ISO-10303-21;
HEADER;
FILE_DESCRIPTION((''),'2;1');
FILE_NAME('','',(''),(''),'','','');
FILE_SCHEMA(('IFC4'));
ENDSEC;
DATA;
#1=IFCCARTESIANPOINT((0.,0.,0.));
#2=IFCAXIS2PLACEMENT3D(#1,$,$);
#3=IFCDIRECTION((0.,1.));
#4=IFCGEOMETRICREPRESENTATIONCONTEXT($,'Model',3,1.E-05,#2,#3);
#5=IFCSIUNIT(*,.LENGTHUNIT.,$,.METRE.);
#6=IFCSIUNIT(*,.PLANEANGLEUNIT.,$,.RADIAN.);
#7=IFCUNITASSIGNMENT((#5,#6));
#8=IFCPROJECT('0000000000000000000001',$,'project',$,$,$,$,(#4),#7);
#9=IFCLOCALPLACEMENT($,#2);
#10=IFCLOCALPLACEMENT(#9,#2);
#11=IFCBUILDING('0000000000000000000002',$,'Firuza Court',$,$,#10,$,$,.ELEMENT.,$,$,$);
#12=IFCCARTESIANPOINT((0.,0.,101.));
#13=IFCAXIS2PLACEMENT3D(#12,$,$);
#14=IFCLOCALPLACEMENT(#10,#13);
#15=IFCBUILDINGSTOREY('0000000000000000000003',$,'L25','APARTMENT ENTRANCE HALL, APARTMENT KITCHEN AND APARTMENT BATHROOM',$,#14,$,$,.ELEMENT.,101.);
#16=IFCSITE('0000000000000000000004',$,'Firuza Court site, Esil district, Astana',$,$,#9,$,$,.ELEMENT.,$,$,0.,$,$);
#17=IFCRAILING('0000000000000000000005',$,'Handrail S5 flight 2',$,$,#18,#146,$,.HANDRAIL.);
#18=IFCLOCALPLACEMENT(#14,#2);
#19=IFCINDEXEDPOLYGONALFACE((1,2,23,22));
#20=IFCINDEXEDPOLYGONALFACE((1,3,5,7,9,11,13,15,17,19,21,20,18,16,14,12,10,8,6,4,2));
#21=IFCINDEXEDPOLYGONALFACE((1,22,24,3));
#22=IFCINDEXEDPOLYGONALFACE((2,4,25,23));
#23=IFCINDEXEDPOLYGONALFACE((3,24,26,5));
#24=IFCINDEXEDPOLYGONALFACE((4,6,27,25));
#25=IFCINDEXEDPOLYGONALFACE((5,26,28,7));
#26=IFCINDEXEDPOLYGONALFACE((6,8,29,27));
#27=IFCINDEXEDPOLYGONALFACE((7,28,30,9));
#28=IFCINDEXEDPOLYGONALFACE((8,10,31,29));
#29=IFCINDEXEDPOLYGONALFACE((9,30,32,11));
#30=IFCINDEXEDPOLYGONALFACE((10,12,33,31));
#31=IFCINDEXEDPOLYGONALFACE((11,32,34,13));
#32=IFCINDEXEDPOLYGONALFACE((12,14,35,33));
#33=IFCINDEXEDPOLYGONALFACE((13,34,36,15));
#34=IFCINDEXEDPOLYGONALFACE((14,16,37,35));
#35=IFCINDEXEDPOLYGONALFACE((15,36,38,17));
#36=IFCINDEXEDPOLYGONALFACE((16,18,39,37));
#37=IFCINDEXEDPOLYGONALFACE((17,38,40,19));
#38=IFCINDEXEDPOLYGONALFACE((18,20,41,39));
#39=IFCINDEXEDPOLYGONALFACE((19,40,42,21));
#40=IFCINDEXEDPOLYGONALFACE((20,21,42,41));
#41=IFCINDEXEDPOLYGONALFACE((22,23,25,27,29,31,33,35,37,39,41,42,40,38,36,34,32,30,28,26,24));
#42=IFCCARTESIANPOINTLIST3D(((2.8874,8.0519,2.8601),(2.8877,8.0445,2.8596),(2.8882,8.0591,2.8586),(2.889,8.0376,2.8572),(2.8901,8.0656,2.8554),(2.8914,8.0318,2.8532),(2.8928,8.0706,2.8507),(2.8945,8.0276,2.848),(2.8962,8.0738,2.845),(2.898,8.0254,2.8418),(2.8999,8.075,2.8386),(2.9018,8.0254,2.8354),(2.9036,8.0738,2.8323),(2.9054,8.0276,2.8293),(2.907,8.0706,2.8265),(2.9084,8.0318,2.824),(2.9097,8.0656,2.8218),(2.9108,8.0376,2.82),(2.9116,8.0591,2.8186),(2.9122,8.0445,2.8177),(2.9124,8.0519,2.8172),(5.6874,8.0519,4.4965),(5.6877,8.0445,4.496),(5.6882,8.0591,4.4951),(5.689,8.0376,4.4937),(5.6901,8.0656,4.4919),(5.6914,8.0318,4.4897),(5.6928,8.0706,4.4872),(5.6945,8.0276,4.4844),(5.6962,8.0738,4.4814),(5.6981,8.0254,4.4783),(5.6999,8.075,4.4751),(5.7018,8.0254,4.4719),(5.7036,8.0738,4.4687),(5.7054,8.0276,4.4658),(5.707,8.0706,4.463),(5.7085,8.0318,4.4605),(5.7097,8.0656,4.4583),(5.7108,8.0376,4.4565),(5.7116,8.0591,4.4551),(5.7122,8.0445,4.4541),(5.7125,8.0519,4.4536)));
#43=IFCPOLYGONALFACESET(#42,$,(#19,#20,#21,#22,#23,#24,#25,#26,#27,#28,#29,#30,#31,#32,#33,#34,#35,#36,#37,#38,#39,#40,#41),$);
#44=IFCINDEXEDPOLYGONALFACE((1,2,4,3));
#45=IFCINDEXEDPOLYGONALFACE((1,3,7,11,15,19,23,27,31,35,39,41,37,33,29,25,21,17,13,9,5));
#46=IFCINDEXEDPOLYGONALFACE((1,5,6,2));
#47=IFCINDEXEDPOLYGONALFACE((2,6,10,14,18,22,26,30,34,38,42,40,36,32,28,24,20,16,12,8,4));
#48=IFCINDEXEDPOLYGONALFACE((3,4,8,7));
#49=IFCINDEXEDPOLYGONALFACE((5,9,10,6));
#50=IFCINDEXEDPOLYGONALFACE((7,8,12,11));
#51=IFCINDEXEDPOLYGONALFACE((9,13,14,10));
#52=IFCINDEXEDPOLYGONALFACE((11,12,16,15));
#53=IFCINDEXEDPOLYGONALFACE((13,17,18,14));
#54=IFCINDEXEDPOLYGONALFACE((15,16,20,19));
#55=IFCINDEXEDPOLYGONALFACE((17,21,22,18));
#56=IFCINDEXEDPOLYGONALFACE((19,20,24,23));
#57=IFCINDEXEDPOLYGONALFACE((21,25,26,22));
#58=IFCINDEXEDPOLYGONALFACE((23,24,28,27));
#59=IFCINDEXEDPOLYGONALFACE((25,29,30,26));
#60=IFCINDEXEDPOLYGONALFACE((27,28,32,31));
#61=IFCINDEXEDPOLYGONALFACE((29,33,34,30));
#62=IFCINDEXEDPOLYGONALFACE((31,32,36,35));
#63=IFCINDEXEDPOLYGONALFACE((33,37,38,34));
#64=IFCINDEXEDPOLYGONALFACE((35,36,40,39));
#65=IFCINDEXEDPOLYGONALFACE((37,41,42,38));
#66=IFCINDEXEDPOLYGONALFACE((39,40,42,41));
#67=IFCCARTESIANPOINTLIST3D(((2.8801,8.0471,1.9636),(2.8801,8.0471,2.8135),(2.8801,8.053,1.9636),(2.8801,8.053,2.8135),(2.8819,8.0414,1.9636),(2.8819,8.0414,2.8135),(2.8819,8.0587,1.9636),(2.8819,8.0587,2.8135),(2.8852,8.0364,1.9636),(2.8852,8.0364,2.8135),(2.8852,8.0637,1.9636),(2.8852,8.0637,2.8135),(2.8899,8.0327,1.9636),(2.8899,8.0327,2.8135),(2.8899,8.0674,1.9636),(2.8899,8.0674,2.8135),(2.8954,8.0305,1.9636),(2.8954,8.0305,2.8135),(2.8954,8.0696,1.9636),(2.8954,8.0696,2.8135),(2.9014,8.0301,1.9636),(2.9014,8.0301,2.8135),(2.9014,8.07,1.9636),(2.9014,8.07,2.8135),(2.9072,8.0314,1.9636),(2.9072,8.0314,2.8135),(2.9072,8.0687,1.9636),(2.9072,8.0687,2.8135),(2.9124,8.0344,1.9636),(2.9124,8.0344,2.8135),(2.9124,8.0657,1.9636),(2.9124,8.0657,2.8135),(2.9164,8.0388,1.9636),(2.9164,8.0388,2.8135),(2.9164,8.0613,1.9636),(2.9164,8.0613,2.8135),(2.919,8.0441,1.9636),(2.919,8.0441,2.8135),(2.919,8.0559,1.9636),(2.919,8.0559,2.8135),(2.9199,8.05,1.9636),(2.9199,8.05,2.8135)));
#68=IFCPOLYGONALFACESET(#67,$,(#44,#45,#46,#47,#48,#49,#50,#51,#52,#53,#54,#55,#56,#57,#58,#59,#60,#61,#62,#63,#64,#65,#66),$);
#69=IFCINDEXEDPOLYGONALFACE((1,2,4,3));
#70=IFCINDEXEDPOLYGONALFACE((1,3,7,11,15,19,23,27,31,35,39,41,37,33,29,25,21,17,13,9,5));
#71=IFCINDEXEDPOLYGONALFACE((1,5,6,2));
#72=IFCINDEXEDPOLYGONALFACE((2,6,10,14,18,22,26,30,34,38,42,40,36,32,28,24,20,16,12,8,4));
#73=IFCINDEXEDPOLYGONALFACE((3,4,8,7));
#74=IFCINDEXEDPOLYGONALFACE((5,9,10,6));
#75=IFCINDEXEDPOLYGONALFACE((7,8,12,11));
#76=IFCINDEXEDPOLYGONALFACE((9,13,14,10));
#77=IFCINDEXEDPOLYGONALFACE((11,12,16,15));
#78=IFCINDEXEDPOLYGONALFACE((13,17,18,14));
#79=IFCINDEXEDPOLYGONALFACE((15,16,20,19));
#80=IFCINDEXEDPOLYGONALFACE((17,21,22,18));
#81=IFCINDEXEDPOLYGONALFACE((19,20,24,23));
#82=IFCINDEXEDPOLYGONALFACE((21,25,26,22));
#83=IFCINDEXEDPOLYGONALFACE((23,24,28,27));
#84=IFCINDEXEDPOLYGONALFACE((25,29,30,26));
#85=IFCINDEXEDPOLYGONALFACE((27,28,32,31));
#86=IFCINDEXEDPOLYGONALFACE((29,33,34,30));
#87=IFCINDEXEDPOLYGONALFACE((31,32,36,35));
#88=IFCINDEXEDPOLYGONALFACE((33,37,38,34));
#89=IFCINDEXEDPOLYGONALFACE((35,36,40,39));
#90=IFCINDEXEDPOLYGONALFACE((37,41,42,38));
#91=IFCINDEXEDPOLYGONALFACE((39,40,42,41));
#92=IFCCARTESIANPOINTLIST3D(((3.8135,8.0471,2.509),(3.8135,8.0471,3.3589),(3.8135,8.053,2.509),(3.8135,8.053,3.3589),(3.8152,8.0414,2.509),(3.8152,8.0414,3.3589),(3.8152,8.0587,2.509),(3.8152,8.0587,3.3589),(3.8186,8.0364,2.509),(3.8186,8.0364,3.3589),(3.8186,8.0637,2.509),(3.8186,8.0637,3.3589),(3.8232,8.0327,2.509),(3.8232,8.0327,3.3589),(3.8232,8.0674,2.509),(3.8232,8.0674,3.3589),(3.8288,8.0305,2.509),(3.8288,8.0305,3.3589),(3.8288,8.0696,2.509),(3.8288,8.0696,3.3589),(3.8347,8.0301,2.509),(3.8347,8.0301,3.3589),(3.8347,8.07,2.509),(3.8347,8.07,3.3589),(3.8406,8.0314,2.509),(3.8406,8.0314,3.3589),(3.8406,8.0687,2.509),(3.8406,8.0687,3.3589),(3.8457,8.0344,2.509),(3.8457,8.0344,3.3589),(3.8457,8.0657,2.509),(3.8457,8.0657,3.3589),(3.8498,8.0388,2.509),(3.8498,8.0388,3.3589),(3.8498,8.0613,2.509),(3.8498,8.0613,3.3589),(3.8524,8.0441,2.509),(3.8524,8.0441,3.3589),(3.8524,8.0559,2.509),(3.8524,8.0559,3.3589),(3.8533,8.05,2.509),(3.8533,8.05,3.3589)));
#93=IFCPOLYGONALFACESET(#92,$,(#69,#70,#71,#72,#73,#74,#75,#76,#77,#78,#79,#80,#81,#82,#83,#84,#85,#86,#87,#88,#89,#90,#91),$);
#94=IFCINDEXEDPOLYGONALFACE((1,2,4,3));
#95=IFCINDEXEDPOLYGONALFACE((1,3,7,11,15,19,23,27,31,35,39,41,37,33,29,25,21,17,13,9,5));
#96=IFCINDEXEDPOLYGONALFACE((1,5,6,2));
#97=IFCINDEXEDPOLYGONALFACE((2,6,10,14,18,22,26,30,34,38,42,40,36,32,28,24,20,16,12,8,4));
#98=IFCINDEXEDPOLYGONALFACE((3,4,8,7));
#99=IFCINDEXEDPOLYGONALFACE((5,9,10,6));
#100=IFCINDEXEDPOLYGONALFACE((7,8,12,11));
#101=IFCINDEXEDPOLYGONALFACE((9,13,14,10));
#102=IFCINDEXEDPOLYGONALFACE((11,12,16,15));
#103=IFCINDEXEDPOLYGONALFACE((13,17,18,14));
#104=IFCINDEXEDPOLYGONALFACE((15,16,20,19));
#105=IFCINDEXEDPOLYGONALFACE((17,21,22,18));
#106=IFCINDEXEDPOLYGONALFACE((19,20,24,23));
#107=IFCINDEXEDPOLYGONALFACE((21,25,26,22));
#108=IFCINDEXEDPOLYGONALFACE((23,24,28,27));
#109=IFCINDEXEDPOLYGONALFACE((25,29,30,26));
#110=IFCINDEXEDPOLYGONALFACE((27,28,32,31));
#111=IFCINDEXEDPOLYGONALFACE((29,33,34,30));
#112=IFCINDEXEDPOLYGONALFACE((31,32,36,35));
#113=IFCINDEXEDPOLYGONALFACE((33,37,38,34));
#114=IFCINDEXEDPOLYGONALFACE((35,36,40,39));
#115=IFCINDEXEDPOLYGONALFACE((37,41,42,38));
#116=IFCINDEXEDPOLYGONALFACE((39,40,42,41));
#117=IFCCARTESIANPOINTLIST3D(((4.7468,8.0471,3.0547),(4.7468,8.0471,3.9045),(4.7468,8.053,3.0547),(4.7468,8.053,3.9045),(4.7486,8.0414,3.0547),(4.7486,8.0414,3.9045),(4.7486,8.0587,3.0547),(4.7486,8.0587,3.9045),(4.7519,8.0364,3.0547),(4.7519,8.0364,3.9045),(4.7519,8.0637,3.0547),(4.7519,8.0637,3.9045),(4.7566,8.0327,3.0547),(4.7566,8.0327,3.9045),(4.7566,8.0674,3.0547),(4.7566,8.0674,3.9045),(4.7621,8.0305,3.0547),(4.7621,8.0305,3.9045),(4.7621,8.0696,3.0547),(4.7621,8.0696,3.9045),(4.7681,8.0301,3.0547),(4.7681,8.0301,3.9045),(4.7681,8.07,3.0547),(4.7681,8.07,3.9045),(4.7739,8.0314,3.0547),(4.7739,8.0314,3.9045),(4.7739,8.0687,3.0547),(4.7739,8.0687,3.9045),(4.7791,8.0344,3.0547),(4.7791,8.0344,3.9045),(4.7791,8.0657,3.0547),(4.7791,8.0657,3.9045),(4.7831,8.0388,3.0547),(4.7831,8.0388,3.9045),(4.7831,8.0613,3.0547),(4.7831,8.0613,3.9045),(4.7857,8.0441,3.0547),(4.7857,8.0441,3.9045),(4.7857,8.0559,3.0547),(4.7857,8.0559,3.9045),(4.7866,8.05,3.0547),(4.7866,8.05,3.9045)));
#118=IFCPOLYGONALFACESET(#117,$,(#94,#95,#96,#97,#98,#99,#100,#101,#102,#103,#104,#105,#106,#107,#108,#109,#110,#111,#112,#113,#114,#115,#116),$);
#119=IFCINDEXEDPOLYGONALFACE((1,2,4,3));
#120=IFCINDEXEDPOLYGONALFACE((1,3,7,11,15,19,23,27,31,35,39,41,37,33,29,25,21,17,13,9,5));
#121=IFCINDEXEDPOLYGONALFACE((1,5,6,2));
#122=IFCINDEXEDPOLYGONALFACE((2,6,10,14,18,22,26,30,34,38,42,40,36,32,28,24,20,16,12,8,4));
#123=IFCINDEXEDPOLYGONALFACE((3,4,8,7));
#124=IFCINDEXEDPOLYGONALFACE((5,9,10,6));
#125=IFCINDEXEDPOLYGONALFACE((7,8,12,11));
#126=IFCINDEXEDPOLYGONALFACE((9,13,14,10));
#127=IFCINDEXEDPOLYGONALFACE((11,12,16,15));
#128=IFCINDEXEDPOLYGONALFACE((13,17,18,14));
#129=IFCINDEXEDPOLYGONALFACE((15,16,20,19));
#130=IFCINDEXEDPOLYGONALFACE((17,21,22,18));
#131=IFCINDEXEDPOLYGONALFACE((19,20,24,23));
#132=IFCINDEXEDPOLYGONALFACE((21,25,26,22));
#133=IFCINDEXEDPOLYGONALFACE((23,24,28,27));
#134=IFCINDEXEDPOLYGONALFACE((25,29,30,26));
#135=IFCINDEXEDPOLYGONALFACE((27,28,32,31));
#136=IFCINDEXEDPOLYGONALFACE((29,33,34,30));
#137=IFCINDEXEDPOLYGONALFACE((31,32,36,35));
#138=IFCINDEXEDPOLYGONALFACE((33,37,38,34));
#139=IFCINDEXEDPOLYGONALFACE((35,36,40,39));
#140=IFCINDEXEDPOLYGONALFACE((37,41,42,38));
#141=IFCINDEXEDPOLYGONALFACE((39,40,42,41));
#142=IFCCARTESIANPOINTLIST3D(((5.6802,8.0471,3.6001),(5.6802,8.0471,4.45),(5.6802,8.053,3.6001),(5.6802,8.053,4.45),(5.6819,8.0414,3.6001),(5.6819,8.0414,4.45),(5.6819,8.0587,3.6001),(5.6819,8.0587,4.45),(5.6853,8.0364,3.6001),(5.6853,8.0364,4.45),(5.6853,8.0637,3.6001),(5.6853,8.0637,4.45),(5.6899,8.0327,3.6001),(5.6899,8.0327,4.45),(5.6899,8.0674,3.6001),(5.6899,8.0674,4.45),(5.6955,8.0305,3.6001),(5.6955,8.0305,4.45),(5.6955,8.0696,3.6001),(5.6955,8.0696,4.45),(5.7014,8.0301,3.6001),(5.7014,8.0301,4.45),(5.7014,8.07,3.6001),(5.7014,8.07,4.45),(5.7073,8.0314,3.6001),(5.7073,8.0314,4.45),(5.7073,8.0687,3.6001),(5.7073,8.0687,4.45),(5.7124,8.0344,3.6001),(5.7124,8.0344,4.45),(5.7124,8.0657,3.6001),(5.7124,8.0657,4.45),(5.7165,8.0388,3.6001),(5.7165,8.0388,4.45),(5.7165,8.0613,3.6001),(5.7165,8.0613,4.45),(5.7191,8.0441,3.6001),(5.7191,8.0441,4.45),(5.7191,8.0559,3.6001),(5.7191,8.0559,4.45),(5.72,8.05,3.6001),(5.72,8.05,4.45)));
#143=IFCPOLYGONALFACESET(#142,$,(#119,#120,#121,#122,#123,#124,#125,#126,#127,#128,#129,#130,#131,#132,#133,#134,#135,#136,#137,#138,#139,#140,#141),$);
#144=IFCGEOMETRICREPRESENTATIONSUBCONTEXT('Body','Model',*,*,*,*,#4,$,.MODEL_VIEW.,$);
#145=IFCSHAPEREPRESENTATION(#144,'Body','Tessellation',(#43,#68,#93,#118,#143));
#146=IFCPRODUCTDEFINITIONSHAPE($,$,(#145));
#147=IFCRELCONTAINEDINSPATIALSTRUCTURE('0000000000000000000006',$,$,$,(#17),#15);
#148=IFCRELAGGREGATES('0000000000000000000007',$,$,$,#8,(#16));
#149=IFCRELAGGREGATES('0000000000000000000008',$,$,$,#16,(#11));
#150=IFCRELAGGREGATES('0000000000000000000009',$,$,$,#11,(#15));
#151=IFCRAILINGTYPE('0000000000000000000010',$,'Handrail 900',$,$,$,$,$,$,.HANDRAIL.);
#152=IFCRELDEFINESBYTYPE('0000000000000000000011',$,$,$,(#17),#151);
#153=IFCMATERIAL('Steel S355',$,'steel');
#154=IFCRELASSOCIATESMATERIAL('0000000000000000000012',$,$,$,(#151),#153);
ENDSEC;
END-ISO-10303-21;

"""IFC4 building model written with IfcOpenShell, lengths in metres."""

from ifc_helpers import new_model, si_unit, direction, frame, origin, origin_2d, place, context, subcontext, project, spatial, circle, extrude, material, type_object, element, save


model = new_model("IFC4")

# Units and contexts
model_context = context("Model", 3, precision=1e-05, world=origin(), true_north=direction((0.0, 1.0)))
body_context = subcontext(model_context, "Body", "Model", "MODEL_VIEW")
ifc_project = project(units=[si_unit("LENGTHUNIT", "METRE"), si_unit("PLANEANGLEUNIT", "RADIAN")], contexts=[model_context])

# Site, building, storey
site_placement = place(None, origin())
site = spatial("IfcSite", under=ifc_project, at=site_placement, Name="Firuza Court site, Esil district, Astana", CompositionType="ELEMENT", RefElevation=0.0)
building_placement = place(site_placement, origin())
building = spatial("IfcBuilding", under=site, at=building_placement, Name="Firuza Court", CompositionType="ELEMENT")
storey_placement = place(building_placement, frame((0.0, 0.0, 101.0)))
storey = spatial("IfcBuildingStorey", under=building, at=storey_placement, Name="L25", Description="APARTMENT ENTRANCE HALL, APARTMENT KITCHEN AND APARTMENT BATHROOM", CompositionType="ELEMENT", Elevation=101.0)

# Railing
ifc_material_1 = material(Name="Steel S355", Category="steel")
railing_type_1 = type_object("IfcRailingType", Name="Handrail 900", PredefinedType="HANDRAIL", material=ifc_material_1)
railing_1_placement = place(storey_placement, frame((2.8999, 8.05, 1.9636)))
element("IfcRailing", 1, at=railing_1_placement, inside=storey, type_object=railing_type_1, Name="Handrail S5 flight 2", PredefinedType="HANDRAIL", context=body_context, shape_type="SweptSolid", body=[
    extrude(circle(Radius=0.0249, at=origin_2d()), frame((0.0, 0.0, 0.875), z_axis=(0.863361, 0.0, 0.504587), x_axis=(0.0, 1.0, 0.0)), (0.0, 0.0, 1.0), 3.2432),
    extrude(circle(Radius=0.02, at=origin_2d()), origin(), (0.0, 0.0, 1.0), 0.8499),
    extrude(circle(Radius=0.02, at=origin_2d()), frame((0.9333, 0.0, 0.5454)), (0.0, 0.0, 1.0), 0.8499),
    extrude(circle(Radius=0.02, at=origin_2d()), frame((1.8667, 0.0, 1.0911)), (0.0, 0.0, 1.0), 0.8499),
    extrude(circle(Radius=0.02, at=origin_2d()), frame((2.8, 0.0, 1.6365)), (0.0, 0.0, 1.0), 0.8499),
])

save(model, "model.ifc")
